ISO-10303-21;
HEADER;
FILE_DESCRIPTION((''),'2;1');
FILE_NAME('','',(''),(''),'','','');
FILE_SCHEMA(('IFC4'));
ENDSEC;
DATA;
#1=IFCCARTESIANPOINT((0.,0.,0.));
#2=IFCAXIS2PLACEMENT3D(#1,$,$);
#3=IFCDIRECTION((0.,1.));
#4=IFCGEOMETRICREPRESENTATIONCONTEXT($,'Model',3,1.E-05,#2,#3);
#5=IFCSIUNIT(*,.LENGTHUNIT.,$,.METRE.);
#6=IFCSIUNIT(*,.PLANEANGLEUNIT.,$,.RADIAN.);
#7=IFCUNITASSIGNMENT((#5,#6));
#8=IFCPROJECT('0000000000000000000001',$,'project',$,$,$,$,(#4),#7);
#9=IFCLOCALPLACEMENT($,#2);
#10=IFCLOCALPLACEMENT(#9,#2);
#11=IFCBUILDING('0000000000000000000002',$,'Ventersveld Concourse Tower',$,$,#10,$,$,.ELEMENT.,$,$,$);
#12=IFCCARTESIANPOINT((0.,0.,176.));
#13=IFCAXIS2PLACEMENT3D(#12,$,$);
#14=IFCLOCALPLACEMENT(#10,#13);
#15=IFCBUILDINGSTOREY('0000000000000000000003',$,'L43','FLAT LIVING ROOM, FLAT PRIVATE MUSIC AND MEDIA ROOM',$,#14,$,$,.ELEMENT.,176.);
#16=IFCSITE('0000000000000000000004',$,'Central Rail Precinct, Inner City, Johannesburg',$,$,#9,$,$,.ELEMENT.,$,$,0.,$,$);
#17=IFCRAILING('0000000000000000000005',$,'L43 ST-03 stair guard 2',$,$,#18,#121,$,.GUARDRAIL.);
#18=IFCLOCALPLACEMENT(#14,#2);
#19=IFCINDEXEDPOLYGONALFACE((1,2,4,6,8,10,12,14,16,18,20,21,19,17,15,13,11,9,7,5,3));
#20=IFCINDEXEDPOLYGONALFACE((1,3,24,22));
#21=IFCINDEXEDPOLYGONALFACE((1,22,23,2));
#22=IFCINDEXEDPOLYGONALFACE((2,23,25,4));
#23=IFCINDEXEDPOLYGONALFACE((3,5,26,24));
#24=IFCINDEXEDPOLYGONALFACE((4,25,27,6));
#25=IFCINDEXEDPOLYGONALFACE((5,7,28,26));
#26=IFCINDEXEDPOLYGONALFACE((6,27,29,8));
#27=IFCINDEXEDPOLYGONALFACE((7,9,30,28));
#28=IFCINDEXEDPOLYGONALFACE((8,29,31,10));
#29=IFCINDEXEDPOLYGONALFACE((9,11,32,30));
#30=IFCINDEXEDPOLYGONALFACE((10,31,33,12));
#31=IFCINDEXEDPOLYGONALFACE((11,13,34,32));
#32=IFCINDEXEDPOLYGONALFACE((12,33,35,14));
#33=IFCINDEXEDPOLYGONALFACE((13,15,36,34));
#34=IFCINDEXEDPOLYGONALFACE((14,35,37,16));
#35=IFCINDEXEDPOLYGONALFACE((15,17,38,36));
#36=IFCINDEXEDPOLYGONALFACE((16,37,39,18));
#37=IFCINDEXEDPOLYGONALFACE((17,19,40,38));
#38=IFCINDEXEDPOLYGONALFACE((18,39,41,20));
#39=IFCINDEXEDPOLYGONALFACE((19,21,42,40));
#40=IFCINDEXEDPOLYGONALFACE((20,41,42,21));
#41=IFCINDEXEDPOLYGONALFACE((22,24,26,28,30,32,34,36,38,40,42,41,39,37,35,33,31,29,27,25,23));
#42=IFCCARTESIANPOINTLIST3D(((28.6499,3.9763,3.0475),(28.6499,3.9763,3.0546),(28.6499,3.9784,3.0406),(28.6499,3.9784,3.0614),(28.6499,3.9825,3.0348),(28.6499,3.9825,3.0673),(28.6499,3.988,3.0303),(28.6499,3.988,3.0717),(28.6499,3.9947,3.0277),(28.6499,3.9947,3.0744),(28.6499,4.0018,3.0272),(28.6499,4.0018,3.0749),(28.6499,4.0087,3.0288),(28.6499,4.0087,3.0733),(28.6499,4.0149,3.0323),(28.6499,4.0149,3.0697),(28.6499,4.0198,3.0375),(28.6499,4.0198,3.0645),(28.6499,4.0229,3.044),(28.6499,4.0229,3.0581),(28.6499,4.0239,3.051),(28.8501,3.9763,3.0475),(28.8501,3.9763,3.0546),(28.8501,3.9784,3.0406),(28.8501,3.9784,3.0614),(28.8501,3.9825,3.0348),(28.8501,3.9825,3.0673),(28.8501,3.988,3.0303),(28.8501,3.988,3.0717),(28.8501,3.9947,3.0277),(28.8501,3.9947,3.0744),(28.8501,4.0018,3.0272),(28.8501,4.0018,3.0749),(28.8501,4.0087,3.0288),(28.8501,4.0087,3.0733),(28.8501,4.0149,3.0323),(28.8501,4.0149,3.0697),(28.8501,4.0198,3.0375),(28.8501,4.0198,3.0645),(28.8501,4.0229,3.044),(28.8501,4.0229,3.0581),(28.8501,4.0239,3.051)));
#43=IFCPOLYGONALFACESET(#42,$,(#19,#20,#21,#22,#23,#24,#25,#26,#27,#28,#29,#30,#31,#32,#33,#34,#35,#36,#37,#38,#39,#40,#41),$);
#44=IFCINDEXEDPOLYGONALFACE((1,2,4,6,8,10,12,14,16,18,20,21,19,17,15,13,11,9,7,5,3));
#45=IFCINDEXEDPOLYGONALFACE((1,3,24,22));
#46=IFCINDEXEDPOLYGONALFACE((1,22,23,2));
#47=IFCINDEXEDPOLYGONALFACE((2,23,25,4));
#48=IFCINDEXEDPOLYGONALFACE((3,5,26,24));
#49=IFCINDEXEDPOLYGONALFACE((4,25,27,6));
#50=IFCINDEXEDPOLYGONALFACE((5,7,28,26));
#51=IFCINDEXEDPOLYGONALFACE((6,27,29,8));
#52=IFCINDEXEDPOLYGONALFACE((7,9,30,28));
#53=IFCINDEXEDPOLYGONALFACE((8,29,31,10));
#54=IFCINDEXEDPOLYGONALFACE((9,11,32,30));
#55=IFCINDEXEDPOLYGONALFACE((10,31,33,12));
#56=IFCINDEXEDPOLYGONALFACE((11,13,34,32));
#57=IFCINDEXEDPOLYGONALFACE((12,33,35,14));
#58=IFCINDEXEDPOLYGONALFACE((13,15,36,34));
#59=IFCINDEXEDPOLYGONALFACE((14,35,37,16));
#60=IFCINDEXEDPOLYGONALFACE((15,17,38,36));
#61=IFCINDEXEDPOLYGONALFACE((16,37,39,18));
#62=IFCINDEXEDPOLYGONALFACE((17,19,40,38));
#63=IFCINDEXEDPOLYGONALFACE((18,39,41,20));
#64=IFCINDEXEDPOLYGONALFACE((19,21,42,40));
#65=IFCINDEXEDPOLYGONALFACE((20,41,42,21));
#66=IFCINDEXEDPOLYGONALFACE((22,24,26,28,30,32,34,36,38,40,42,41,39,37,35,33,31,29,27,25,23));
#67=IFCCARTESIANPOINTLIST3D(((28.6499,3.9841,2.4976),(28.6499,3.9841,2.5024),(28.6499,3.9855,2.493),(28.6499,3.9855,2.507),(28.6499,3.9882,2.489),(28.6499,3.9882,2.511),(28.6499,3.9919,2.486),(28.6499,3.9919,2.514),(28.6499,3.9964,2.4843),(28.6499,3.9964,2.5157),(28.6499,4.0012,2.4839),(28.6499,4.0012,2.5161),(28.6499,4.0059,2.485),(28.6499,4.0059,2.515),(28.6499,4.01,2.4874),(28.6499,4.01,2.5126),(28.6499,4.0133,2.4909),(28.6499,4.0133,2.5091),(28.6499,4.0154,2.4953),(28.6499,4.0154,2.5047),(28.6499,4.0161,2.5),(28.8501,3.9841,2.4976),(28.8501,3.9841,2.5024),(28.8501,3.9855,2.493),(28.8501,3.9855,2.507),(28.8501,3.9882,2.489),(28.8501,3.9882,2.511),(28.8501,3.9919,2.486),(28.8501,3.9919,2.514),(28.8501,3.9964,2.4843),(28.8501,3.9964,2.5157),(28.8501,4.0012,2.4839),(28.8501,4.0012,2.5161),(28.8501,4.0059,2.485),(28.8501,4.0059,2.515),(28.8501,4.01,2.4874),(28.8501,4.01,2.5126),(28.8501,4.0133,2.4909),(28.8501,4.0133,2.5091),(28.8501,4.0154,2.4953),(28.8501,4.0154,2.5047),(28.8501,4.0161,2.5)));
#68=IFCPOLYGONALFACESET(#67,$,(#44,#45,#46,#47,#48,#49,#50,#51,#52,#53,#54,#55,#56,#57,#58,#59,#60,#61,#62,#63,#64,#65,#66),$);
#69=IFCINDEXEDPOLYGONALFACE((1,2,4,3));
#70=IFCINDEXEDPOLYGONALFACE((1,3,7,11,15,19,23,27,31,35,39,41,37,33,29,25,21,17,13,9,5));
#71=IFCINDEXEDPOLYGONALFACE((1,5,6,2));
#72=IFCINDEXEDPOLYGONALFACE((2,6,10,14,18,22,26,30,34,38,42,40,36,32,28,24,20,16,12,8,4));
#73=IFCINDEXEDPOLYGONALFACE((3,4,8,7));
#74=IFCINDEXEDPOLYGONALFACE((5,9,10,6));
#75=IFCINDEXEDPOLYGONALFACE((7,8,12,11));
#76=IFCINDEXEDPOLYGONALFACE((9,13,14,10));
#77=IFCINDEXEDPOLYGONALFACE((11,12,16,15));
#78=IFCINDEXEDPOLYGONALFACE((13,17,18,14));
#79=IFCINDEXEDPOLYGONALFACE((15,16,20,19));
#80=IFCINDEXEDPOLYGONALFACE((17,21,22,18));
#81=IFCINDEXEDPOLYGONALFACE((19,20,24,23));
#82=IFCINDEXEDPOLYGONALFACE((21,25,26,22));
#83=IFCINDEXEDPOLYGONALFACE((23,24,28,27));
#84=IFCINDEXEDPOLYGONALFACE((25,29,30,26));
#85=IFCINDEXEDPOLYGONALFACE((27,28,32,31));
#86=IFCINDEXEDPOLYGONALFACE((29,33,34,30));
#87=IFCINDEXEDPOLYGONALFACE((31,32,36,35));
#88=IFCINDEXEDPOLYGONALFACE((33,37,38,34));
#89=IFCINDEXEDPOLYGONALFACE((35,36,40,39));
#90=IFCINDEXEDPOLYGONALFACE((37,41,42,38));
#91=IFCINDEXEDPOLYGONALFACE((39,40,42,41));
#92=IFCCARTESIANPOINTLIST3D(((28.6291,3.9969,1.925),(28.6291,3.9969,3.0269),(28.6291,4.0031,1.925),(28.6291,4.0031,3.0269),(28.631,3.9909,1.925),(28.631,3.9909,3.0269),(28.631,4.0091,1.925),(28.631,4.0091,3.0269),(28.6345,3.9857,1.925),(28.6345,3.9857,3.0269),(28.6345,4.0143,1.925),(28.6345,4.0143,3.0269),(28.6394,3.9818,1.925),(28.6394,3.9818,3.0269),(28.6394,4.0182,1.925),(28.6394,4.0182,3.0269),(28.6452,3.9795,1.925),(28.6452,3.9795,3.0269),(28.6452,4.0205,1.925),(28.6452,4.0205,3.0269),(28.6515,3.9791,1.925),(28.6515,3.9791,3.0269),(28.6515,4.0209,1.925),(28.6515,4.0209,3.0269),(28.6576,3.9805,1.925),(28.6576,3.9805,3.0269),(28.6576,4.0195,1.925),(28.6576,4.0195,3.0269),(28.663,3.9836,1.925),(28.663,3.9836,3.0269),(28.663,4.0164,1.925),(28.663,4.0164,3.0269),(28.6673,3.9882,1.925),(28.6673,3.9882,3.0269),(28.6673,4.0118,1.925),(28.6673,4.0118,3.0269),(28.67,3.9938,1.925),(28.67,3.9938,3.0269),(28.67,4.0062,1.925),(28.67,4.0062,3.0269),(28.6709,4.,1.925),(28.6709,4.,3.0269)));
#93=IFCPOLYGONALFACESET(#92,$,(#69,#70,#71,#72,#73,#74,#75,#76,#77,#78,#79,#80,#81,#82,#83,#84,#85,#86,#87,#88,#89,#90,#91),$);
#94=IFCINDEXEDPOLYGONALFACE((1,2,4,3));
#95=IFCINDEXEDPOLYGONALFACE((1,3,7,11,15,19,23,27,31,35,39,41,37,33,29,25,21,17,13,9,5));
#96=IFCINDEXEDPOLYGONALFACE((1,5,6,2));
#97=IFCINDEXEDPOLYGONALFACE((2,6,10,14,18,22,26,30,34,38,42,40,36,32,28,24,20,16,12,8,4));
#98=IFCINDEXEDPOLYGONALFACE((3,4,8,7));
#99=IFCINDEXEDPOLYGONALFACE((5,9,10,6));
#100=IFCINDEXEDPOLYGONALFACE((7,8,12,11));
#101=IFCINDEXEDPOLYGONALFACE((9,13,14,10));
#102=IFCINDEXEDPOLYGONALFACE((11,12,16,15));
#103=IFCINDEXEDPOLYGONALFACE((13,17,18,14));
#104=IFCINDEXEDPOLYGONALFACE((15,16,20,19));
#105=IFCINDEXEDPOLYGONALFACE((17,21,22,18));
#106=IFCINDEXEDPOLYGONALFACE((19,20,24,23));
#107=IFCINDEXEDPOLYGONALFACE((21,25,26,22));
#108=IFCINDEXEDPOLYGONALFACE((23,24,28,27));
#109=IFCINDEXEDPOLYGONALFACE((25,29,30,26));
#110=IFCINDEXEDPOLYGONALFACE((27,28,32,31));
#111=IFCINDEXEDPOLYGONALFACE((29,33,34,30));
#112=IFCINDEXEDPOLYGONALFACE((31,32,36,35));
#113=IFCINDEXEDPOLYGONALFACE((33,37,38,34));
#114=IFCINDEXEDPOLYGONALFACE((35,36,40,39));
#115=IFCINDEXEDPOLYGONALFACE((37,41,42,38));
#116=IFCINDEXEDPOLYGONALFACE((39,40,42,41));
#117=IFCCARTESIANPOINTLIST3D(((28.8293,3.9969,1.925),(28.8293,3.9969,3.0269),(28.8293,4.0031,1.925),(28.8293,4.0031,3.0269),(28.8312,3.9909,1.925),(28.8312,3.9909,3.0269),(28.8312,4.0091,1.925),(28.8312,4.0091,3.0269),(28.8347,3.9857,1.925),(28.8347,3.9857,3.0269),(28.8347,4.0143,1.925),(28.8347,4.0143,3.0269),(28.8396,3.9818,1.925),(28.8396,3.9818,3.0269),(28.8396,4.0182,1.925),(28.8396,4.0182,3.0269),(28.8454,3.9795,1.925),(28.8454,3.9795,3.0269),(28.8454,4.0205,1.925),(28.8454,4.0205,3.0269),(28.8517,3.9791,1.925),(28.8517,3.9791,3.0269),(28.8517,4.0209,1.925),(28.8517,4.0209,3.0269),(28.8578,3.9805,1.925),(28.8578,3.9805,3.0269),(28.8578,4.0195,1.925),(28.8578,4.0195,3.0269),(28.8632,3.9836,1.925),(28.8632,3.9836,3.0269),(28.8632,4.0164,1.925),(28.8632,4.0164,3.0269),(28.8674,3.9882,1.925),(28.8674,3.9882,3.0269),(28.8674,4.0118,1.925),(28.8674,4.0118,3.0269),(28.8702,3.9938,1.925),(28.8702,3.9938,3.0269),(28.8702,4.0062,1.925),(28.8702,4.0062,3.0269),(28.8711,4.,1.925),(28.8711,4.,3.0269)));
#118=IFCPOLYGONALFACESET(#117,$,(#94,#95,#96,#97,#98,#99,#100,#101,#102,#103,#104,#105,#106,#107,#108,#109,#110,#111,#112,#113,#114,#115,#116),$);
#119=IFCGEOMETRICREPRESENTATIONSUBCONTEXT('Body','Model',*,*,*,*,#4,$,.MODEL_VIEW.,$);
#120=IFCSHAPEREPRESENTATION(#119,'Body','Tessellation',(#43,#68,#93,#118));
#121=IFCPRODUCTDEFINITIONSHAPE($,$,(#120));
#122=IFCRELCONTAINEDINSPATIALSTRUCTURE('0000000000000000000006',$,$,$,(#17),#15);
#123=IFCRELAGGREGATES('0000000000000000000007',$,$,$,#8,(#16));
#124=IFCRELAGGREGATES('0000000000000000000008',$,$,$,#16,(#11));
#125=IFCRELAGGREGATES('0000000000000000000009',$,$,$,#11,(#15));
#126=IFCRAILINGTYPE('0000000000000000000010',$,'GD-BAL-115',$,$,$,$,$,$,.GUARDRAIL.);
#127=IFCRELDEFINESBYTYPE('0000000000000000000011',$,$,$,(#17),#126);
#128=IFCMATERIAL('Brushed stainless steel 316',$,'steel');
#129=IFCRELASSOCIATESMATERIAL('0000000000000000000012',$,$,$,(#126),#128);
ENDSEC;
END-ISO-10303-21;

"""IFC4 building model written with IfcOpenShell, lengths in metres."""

from ifc_helpers import new_model, si_unit, direction, frame, origin, origin_2d, place, context, subcontext, project, spatial, circle, extrude, material, type_object, element, save


model = new_model("IFC4")

# Units and contexts
model_context = context("Model", 3, precision=1e-05, world=origin(), true_north=direction((0.0, 1.0)))
body_context = subcontext(model_context, "Body", "Model", "MODEL_VIEW")
ifc_project = project(units=[si_unit("LENGTHUNIT", "METRE"), si_unit("PLANEANGLEUNIT", "RADIAN")], contexts=[model_context])

# Site, building, storey
site_placement = place(None, origin())
site = spatial("IfcSite", under=ifc_project, at=site_placement, Name="Central Rail Precinct, Inner City, Johannesburg", CompositionType="ELEMENT", RefElevation=0.0)
building_placement = place(site_placement, origin())
building = spatial("IfcBuilding", under=site, at=building_placement, Name="Ventersveld Concourse Tower", CompositionType="ELEMENT")
storey_placement = place(building_placement, frame((0.0, 0.0, 176.0)))
storey = spatial("IfcBuildingStorey", under=building, at=storey_placement, Name="L43", Description="FLAT LIVING ROOM, FLAT PRIVATE MUSIC AND MEDIA ROOM", CompositionType="ELEMENT", Elevation=176.0)

# Shared definitions
ifc_material_1 = material(Name="Brushed stainless steel 316", Category="steel")

# Railing
railing_type_1 = type_object("IfcRailingType", Name="GD-BAL-115", PredefinedType="GUARDRAIL", material=ifc_material_1)
railing_1_placement = place(storey_placement, frame((28.6499, 4.0, 1.925)))
element("IfcRailing", 1, at=railing_1_placement, inside=storey, type_object=railing_type_1, Name="L43 ST-03 stair guard 2", PredefinedType="GUARDRAIL", context=body_context, shape_type="SweptSolid", body=[
    extrude(circle(Radius=0.0239, at=origin_2d()), frame((0.0, 0.0, 1.126), z_axis=(1.0, 0.0, 0.0), x_axis=(0.0, 1.0, 0.0)), (0.0, 0.0, 1.0), 0.2002),
    extrude(circle(Radius=0.0161, at=origin_2d()), frame((0.0, 0.0, 0.575), z_axis=(1.0, 0.0, 0.0), x_axis=(0.0, 1.0, 0.0)), (0.0, 0.0, 1.0), 0.2002),
    extrude(circle(Radius=0.021, at=origin_2d()), origin(), (0.0, 0.0, 1.0), 1.1018),
    extrude(circle(Radius=0.021, at=origin_2d()), frame((0.2002, 0.0, 0.0)), (0.0, 0.0, 1.0), 1.1018),
])

save(model, "model.ifc")
